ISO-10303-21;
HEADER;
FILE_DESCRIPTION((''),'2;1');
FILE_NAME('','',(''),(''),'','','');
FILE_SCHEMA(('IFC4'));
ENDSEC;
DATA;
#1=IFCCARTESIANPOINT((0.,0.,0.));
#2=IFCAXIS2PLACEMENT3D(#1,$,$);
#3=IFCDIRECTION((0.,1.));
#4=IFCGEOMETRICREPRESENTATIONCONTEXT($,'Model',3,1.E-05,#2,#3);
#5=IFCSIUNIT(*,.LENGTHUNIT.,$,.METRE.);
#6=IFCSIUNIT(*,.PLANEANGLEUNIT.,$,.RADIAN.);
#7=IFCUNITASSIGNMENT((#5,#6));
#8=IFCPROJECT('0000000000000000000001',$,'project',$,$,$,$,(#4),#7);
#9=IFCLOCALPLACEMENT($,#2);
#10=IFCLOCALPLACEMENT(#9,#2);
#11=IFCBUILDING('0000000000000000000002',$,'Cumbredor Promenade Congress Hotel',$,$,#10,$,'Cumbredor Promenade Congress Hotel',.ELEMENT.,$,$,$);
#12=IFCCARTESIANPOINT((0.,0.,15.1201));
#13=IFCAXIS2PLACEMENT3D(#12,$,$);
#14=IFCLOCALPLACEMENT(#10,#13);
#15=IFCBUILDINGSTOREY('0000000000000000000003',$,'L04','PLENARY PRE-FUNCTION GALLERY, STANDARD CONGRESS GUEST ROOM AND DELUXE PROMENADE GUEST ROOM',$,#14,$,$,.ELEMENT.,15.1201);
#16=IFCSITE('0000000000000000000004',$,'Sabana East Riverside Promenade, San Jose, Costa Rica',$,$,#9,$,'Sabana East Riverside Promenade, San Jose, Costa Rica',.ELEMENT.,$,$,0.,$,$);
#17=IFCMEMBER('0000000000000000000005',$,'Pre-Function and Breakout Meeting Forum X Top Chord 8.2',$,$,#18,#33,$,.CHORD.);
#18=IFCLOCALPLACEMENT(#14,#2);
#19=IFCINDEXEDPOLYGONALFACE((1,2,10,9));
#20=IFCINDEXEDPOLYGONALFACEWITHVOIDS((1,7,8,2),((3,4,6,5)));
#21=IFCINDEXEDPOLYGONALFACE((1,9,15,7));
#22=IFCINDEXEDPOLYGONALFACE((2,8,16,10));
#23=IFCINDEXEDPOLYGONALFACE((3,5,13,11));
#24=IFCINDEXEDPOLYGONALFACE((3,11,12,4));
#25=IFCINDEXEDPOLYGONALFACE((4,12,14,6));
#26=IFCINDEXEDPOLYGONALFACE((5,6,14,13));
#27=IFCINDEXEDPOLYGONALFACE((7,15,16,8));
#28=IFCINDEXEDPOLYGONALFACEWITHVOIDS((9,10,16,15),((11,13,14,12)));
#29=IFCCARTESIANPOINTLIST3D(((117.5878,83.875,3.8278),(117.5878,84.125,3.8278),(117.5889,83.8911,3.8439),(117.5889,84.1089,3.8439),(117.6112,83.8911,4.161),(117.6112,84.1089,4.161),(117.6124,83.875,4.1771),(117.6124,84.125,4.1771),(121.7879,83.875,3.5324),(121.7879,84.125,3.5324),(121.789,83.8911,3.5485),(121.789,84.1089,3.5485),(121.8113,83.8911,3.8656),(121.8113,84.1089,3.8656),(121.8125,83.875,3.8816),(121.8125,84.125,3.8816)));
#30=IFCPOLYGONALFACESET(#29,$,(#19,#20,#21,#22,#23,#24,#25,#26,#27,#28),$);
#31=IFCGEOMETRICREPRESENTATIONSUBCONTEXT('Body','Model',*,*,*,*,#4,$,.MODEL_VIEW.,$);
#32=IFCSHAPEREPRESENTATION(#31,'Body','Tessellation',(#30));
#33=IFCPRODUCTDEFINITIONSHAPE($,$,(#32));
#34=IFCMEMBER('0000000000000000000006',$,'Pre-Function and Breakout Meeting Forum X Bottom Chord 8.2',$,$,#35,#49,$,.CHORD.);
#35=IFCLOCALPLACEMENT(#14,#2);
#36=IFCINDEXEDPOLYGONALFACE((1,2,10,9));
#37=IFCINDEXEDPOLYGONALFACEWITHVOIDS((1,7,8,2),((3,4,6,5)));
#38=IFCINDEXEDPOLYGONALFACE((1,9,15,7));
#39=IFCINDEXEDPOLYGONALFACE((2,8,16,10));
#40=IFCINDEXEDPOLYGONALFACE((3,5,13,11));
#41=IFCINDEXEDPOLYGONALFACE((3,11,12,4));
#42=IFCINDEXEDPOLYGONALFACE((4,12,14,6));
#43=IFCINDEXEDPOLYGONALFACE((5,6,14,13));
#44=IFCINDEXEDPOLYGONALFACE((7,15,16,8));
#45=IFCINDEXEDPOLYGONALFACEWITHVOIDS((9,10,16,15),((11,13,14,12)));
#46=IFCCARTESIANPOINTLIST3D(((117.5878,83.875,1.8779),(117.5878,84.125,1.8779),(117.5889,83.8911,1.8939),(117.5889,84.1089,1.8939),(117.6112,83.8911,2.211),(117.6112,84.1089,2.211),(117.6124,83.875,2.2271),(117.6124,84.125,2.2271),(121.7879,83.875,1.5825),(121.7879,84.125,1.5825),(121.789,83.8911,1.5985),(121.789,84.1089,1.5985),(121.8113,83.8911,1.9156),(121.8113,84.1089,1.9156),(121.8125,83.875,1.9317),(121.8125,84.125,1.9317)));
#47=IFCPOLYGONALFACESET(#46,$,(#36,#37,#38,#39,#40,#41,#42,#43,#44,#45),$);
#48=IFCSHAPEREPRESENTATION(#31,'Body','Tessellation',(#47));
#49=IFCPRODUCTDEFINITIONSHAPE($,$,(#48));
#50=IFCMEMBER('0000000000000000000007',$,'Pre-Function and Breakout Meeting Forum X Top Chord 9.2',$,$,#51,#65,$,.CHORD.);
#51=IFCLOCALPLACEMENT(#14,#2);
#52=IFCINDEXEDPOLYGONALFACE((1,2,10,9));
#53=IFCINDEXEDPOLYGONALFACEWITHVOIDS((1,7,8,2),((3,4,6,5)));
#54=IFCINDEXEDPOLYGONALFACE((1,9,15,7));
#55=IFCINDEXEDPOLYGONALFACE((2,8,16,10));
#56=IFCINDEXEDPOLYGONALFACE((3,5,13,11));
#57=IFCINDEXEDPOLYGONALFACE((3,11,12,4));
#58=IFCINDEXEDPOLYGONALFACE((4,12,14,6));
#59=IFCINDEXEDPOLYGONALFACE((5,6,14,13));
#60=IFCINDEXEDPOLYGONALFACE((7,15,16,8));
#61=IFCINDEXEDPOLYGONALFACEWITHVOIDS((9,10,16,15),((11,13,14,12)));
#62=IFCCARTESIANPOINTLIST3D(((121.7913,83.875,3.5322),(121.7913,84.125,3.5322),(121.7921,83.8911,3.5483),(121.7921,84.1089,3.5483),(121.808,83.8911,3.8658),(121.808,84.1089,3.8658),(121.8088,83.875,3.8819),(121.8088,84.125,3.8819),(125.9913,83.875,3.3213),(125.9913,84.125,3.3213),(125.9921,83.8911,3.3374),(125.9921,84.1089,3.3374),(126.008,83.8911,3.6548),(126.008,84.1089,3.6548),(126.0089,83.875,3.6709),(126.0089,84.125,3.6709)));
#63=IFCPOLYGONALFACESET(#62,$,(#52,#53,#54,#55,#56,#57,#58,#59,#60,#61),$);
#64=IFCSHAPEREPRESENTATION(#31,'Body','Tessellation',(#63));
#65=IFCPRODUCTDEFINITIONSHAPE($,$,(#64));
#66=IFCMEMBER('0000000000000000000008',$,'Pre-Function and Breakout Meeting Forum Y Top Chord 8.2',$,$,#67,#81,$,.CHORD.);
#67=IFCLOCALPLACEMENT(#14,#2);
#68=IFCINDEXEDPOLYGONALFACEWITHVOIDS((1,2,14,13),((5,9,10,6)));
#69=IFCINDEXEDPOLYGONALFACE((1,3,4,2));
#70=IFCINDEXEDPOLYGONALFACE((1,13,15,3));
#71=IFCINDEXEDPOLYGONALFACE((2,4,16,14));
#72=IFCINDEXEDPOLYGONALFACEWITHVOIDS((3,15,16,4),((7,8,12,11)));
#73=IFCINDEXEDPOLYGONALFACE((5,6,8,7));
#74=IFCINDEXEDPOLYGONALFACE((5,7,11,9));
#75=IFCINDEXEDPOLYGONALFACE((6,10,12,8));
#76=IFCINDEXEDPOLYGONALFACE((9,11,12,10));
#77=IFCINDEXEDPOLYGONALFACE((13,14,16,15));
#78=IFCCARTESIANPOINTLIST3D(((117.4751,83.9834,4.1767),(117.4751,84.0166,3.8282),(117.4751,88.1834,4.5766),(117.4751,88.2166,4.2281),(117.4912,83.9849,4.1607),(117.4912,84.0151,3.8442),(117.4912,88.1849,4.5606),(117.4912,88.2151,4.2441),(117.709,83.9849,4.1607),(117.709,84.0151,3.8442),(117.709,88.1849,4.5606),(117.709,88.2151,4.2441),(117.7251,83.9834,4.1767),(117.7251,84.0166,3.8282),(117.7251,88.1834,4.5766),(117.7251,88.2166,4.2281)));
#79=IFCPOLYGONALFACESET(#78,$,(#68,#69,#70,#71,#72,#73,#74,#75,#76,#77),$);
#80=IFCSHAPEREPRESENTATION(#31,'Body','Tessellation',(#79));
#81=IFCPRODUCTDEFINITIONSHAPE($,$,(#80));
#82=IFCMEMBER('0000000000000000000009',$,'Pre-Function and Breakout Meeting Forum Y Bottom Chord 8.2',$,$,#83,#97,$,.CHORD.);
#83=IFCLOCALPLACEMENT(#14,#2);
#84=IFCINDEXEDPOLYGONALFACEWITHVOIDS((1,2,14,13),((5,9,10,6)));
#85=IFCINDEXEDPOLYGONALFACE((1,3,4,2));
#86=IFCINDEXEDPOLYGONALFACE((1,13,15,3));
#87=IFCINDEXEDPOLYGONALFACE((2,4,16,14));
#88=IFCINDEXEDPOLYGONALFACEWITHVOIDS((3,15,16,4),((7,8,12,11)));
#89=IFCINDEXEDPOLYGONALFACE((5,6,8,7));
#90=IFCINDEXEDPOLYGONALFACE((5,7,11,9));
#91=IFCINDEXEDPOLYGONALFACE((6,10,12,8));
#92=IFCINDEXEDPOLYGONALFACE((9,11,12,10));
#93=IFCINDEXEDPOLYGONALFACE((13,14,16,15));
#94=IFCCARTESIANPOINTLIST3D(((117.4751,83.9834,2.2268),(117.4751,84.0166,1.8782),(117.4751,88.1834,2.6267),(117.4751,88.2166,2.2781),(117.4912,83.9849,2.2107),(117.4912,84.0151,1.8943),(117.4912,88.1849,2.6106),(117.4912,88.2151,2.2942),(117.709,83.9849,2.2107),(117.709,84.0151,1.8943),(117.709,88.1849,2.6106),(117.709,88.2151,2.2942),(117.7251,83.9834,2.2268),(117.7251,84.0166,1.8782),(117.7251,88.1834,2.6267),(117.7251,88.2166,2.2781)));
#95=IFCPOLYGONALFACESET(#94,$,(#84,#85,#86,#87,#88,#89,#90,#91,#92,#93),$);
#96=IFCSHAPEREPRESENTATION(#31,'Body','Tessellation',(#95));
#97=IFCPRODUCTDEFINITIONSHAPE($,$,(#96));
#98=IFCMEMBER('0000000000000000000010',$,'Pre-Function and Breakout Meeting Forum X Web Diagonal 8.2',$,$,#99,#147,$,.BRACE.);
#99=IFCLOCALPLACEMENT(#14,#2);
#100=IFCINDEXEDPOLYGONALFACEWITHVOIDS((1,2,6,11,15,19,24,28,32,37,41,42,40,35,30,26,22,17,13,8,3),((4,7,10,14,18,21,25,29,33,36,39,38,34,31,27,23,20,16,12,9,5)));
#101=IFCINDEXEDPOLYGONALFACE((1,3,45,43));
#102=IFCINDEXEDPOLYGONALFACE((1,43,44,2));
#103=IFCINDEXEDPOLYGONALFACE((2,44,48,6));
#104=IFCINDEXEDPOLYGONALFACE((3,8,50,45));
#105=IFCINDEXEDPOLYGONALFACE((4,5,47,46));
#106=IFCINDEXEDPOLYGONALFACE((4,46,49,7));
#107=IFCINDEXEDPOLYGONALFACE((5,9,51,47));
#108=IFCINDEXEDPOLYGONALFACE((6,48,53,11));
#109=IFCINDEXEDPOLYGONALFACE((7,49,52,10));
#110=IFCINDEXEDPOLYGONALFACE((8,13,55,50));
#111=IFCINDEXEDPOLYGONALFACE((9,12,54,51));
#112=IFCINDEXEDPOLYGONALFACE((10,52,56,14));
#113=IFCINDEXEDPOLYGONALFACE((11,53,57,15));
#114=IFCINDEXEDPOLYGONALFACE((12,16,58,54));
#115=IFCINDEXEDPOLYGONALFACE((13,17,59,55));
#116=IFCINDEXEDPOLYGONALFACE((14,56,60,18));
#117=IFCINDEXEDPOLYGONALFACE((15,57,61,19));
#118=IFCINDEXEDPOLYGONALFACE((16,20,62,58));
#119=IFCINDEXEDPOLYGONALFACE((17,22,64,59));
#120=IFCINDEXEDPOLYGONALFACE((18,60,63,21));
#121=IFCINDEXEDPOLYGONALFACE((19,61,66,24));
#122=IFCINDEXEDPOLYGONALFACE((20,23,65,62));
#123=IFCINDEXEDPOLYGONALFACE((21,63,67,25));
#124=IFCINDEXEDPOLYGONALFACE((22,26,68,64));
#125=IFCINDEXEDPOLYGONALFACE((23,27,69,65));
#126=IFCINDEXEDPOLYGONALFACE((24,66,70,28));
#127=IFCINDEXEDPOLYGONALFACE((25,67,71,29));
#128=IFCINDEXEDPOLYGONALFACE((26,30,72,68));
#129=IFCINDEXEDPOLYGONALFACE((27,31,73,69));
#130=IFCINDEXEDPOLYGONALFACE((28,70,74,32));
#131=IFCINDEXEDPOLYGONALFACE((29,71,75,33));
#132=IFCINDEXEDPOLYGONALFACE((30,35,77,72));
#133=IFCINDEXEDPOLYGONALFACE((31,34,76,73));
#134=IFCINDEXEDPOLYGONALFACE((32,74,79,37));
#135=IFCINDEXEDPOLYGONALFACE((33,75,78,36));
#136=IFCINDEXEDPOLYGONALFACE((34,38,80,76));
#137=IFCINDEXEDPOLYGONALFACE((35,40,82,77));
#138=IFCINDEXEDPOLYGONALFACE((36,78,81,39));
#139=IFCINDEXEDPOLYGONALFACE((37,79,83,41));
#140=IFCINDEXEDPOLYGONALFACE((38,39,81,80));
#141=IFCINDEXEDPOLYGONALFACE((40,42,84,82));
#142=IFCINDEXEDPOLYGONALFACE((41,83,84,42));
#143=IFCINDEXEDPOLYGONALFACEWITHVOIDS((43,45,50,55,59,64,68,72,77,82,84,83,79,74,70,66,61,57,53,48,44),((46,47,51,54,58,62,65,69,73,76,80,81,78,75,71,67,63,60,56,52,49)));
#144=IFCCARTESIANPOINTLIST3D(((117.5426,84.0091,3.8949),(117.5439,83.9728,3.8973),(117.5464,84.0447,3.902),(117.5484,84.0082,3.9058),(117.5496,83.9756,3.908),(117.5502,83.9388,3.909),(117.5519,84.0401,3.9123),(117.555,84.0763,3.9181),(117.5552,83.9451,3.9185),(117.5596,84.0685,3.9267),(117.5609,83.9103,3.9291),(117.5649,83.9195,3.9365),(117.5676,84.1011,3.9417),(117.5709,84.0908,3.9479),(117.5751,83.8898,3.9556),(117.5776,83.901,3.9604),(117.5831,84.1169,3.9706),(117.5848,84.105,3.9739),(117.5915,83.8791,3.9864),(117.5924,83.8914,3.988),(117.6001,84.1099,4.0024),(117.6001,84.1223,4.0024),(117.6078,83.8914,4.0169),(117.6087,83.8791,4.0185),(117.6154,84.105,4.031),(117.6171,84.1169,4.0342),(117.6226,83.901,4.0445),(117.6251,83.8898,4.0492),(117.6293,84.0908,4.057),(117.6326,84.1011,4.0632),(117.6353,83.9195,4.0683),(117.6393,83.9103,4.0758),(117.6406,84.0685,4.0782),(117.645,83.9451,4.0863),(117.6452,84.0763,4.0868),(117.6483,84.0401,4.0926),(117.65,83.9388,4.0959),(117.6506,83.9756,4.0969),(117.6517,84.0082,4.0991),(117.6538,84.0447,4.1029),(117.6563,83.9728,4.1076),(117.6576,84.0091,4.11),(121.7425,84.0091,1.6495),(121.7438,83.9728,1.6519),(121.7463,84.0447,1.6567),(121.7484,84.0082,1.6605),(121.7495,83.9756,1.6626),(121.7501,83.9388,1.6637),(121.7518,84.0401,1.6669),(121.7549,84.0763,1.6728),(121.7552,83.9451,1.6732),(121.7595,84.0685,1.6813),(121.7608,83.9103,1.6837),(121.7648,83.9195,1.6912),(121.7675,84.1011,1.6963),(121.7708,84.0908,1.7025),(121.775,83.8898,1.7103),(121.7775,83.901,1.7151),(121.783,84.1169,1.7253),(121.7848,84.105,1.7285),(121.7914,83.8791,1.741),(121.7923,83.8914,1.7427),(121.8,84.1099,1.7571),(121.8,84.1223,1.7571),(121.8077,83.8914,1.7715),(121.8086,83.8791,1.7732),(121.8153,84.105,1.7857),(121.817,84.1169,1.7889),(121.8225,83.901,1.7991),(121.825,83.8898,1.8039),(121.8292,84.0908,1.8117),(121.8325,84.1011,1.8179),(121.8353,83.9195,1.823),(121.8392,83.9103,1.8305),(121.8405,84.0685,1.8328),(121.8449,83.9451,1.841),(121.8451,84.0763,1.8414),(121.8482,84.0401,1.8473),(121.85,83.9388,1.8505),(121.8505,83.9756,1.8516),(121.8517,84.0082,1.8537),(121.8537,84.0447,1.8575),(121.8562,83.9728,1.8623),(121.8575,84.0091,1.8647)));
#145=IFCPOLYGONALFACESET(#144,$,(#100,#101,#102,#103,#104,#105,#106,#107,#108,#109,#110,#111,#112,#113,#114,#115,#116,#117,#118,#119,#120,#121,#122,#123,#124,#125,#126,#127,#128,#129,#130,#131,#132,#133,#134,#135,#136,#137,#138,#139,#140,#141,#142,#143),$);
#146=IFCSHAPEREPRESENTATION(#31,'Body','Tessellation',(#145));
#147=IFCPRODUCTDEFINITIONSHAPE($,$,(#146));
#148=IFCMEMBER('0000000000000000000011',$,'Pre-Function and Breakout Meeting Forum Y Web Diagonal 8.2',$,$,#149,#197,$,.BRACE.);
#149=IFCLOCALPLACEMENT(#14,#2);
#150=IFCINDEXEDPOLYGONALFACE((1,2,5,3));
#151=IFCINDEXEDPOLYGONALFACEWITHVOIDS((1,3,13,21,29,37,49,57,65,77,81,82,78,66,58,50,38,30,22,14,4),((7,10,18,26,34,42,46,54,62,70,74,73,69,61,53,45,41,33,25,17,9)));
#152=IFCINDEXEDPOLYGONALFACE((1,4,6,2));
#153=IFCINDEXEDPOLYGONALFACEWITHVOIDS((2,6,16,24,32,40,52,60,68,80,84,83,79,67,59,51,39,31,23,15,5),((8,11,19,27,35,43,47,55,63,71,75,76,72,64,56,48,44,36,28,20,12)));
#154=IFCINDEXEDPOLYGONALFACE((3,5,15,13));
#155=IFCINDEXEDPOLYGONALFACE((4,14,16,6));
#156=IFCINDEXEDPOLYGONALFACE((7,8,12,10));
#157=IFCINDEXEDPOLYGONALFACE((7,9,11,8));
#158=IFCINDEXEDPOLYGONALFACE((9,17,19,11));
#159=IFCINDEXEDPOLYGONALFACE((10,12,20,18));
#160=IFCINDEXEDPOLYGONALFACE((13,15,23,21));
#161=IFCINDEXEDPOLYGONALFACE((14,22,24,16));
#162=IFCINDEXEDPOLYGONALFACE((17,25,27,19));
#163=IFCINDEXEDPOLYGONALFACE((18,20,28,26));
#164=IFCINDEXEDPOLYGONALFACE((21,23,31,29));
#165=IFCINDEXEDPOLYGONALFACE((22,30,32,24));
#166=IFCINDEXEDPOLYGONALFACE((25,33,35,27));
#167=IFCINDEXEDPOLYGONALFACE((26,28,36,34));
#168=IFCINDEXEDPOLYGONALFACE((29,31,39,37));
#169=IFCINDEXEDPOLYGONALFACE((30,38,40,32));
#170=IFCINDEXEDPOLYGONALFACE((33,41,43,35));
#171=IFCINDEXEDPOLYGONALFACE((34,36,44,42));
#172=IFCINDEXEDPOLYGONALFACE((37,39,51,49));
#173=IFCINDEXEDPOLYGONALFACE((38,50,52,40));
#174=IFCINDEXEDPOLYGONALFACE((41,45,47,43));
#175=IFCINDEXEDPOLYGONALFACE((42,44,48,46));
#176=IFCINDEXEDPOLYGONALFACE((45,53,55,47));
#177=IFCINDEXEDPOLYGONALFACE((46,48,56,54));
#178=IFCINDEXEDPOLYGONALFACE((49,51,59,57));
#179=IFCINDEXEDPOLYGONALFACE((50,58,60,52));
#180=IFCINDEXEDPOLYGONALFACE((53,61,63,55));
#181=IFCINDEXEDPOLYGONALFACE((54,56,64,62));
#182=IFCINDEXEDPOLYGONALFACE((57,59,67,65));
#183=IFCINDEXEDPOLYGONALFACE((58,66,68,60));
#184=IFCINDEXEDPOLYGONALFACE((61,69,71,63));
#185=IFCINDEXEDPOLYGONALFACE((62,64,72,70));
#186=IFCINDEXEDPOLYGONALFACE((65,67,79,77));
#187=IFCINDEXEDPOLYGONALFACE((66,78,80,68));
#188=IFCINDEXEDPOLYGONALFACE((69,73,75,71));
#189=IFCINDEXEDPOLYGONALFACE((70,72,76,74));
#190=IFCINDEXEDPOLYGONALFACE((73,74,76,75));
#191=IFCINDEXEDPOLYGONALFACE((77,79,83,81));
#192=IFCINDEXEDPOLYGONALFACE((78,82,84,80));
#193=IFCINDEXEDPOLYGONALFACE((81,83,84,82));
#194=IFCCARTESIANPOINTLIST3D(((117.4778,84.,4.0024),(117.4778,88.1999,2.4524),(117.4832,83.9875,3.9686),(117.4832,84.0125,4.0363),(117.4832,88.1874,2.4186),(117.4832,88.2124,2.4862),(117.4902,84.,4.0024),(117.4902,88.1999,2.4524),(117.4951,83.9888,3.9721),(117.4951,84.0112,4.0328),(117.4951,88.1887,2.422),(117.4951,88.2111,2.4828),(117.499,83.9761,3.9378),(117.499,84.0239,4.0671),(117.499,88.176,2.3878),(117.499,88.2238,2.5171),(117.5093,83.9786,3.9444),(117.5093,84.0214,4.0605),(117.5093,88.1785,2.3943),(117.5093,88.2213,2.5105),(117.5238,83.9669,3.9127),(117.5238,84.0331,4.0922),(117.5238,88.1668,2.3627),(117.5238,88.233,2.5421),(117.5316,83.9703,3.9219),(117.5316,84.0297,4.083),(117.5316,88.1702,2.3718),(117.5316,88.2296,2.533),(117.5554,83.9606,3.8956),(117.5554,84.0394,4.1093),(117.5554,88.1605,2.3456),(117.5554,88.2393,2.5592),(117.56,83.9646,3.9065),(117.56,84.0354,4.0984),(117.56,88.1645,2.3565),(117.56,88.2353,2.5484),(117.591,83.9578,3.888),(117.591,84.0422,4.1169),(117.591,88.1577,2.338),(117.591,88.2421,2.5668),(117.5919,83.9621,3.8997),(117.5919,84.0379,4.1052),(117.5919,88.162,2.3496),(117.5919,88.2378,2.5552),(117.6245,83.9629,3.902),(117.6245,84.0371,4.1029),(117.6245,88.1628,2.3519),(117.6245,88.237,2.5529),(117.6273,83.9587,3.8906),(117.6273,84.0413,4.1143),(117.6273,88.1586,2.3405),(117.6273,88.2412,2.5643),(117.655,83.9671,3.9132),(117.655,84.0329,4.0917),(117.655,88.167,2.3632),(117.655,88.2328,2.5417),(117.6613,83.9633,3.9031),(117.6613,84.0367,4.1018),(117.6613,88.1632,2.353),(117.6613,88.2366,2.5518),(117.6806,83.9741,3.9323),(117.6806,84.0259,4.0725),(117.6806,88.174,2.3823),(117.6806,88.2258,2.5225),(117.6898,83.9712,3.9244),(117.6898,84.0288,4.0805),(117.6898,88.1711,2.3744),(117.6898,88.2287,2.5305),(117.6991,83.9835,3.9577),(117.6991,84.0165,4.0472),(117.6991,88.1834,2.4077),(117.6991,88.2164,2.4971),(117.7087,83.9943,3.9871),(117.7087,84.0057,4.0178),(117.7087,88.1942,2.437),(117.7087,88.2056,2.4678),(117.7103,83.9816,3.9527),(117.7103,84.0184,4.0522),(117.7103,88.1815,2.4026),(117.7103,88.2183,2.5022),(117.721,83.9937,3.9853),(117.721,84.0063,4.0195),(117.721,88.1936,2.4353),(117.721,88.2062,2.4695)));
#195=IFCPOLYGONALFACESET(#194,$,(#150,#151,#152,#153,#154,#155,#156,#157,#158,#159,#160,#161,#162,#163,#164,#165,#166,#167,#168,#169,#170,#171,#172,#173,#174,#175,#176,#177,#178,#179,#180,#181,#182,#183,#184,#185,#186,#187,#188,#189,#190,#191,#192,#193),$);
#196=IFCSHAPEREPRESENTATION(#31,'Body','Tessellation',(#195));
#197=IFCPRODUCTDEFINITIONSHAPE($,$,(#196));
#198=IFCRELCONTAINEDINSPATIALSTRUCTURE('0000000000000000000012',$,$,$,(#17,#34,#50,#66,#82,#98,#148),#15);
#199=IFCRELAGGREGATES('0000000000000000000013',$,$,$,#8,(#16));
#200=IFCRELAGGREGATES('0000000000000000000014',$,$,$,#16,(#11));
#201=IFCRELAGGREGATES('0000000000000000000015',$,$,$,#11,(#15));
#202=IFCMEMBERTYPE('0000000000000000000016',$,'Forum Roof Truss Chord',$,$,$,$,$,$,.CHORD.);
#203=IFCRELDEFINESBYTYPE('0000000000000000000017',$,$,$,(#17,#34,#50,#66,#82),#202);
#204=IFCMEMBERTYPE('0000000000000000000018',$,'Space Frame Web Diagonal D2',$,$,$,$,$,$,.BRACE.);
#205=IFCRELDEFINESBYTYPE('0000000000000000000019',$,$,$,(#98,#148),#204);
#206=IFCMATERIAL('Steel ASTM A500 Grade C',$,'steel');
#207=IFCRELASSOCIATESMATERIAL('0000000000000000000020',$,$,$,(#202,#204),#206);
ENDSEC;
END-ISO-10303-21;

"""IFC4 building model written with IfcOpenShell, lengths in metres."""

from ifc_helpers import new_model, si_unit, direction, frame, origin, origin_2d, place, context, subcontext, project, spatial, hollow_rectangle, hollow_circle, extrude, material, material_profile, profile_set, type_object, element, save


model = new_model("IFC4")

# Units and contexts
model_context = context("Model", 3, precision=1e-05, world=origin(), true_north=direction((0.0, 1.0)))
body_context = subcontext(model_context, "Body", "Model", "MODEL_VIEW")
ifc_project = project(units=[si_unit("LENGTHUNIT", "METRE"), si_unit("PLANEANGLEUNIT", "RADIAN")], contexts=[model_context])

# Site, building, storey
site_placement = place(None, origin())
site = spatial("IfcSite", under=ifc_project, at=site_placement, Name="Sabana East Riverside Promenade, San Jose, Costa Rica", LongName="Sabana East Riverside Promenade, San Jose, Costa Rica", CompositionType="ELEMENT", RefElevation=0.0)
building_placement = place(site_placement, origin())
building = spatial("IfcBuilding", under=site, at=building_placement, Name="Cumbredor Promenade Congress Hotel", LongName="Cumbredor Promenade Congress Hotel", CompositionType="ELEMENT")
storey_placement = place(building_placement, frame((0.0, 0.0, 15.1201)))
storey = spatial("IfcBuildingStorey", under=building, at=storey_placement, Name="L04", Description="PLENARY PRE-FUNCTION GALLERY, STANDARD CONGRESS GUEST ROOM AND DELUXE PROMENADE GUEST ROOM", CompositionType="ELEMENT", Elevation=15.1201)

# Members
ifc_material_1 = material(Name="Steel ASTM A500 Grade C", Category="steel")
ifc_material_profile_1 = material_profile(ifc_material_1, hollow_rectangle(XDim=0.25, YDim=0.3501, WallThickness=0.0161, at=origin_2d()), Name="HSS 350x250x16")
ifc_profile_set_1 = profile_set([ifc_material_profile_1], Name="Steel ASTM A500 Grade C")
member_type_1 = type_object("IfcMemberType", Name="Forum Roof Truss Chord", PredefinedType="CHORD", material=ifc_profile_set_1)
for number, where, z_axis, x_axis, name in (
    (1, (117.6001, 84.0, 4.0024), (0.997536, 0.0, -0.070163), (0.0, 1.0, 0.0), "Pre-Function and Breakout Meeting Forum X Top Chord 8.2"),
    (2, (117.6001, 84.0, 2.0525), (0.997536, 0.0, -0.070163), (0.0, 1.0, 0.0), "Pre-Function and Breakout Meeting Forum X Bottom Chord 8.2"),
):
    element("IfcMember", number, at=place(storey_placement, frame(where, z_axis=z_axis, x_axis=x_axis)), inside=storey, type_object=member_type_1, Name=name, PredefinedType="CHORD", context=body_context, shape_type="SweptSolid", body=[
        extrude(hollow_rectangle(XDim=0.25, YDim=0.3501, WallThickness=0.0161, at=origin_2d()), origin(), (0.0, 0.0, 1.0), 4.2104),
    ])
member_1_placement = place(storey_placement, frame((121.8, 84.0, 3.707), z_axis=(0.998741, 0.0, -0.050161), x_axis=(0.0, 1.0, 0.0)))
element("IfcMember", 3, at=member_1_placement, inside=storey, type_object=member_type_1, Name="Pre-Function and Breakout Meeting Forum X Top Chord 9.2", PredefinedType="CHORD", context=body_context, shape_type="SweptSolid", body=[
    extrude(hollow_rectangle(XDim=0.25, YDim=0.3501, WallThickness=0.0161, at=origin_2d()), origin(), (0.0, 0.0, 1.0), 4.2053),
])
for number, where, z_axis, x_axis, name in (
    (4, (117.6001, 84.0, 4.0024), (0.0, 0.995498, 0.094787), (-1.0, 0.0, 0.0), "Pre-Function and Breakout Meeting Forum Y Top Chord 8.2"),
    (5, (117.6001, 84.0, 2.0525), (0.0, 0.995498, 0.094787), (-1.0, 0.0, 0.0), "Pre-Function and Breakout Meeting Forum Y Bottom Chord 8.2"),
):
    element("IfcMember", number, at=place(storey_placement, frame(where, z_axis=z_axis, x_axis=x_axis)), inside=storey, type_object=member_type_1, Name=name, PredefinedType="CHORD", context=body_context, shape_type="SweptSolid", body=[
        extrude(hollow_rectangle(XDim=0.25, YDim=0.3501, WallThickness=0.0161, at=origin_2d()), origin(), (0.0, 0.0, 1.0), 4.219),
    ])
ifc_material_profile_2 = material_profile(ifc_material_1, hollow_circle(Radius=0.1223, WallThickness=0.0125, at=origin_2d()), Name="CHS 244.5x12.5")
ifc_profile_set_2 = profile_set([ifc_material_profile_2], Name="Steel ASTM A500 Grade C")
member_type_2 = type_object("IfcMemberType", Name="Space Frame Web Diagonal D2", PredefinedType="BRACE", material=ifc_profile_set_2)
member_2_placement = place(storey_placement, frame((117.6001, 84.0, 4.0024), z_axis=(0.881883, 0.0, -0.471469), x_axis=(0.0, 1.0, 0.0)))
element("IfcMember", 6, at=member_2_placement, inside=storey, type_object=member_type_2, Name="Pre-Function and Breakout Meeting Forum X Web Diagonal 8.2", PredefinedType="BRACE", context=body_context, shape_type="SweptSolid", body=[
    extrude(hollow_circle(Radius=0.1223, WallThickness=0.0125, at=origin_2d()), origin(), (0.0, 0.0, 1.0), 4.7625),
])
member_3_placement = place(storey_placement, frame((117.6001, 84.0, 4.0024), z_axis=(0.0, 0.938147, -0.346236), x_axis=(-1.0, 0.0, 0.0)))
element("IfcMember", 7, at=member_3_placement, inside=storey, type_object=member_type_2, Name="Pre-Function and Breakout Meeting Forum Y Web Diagonal 8.2", PredefinedType="BRACE", context=body_context, shape_type="SweptSolid", body=[
    extrude(hollow_circle(Radius=0.1223, WallThickness=0.0125, at=origin_2d()), origin(), (0.0, 0.0, 1.0), 4.4768),
])

save(model, "model.ifc")
